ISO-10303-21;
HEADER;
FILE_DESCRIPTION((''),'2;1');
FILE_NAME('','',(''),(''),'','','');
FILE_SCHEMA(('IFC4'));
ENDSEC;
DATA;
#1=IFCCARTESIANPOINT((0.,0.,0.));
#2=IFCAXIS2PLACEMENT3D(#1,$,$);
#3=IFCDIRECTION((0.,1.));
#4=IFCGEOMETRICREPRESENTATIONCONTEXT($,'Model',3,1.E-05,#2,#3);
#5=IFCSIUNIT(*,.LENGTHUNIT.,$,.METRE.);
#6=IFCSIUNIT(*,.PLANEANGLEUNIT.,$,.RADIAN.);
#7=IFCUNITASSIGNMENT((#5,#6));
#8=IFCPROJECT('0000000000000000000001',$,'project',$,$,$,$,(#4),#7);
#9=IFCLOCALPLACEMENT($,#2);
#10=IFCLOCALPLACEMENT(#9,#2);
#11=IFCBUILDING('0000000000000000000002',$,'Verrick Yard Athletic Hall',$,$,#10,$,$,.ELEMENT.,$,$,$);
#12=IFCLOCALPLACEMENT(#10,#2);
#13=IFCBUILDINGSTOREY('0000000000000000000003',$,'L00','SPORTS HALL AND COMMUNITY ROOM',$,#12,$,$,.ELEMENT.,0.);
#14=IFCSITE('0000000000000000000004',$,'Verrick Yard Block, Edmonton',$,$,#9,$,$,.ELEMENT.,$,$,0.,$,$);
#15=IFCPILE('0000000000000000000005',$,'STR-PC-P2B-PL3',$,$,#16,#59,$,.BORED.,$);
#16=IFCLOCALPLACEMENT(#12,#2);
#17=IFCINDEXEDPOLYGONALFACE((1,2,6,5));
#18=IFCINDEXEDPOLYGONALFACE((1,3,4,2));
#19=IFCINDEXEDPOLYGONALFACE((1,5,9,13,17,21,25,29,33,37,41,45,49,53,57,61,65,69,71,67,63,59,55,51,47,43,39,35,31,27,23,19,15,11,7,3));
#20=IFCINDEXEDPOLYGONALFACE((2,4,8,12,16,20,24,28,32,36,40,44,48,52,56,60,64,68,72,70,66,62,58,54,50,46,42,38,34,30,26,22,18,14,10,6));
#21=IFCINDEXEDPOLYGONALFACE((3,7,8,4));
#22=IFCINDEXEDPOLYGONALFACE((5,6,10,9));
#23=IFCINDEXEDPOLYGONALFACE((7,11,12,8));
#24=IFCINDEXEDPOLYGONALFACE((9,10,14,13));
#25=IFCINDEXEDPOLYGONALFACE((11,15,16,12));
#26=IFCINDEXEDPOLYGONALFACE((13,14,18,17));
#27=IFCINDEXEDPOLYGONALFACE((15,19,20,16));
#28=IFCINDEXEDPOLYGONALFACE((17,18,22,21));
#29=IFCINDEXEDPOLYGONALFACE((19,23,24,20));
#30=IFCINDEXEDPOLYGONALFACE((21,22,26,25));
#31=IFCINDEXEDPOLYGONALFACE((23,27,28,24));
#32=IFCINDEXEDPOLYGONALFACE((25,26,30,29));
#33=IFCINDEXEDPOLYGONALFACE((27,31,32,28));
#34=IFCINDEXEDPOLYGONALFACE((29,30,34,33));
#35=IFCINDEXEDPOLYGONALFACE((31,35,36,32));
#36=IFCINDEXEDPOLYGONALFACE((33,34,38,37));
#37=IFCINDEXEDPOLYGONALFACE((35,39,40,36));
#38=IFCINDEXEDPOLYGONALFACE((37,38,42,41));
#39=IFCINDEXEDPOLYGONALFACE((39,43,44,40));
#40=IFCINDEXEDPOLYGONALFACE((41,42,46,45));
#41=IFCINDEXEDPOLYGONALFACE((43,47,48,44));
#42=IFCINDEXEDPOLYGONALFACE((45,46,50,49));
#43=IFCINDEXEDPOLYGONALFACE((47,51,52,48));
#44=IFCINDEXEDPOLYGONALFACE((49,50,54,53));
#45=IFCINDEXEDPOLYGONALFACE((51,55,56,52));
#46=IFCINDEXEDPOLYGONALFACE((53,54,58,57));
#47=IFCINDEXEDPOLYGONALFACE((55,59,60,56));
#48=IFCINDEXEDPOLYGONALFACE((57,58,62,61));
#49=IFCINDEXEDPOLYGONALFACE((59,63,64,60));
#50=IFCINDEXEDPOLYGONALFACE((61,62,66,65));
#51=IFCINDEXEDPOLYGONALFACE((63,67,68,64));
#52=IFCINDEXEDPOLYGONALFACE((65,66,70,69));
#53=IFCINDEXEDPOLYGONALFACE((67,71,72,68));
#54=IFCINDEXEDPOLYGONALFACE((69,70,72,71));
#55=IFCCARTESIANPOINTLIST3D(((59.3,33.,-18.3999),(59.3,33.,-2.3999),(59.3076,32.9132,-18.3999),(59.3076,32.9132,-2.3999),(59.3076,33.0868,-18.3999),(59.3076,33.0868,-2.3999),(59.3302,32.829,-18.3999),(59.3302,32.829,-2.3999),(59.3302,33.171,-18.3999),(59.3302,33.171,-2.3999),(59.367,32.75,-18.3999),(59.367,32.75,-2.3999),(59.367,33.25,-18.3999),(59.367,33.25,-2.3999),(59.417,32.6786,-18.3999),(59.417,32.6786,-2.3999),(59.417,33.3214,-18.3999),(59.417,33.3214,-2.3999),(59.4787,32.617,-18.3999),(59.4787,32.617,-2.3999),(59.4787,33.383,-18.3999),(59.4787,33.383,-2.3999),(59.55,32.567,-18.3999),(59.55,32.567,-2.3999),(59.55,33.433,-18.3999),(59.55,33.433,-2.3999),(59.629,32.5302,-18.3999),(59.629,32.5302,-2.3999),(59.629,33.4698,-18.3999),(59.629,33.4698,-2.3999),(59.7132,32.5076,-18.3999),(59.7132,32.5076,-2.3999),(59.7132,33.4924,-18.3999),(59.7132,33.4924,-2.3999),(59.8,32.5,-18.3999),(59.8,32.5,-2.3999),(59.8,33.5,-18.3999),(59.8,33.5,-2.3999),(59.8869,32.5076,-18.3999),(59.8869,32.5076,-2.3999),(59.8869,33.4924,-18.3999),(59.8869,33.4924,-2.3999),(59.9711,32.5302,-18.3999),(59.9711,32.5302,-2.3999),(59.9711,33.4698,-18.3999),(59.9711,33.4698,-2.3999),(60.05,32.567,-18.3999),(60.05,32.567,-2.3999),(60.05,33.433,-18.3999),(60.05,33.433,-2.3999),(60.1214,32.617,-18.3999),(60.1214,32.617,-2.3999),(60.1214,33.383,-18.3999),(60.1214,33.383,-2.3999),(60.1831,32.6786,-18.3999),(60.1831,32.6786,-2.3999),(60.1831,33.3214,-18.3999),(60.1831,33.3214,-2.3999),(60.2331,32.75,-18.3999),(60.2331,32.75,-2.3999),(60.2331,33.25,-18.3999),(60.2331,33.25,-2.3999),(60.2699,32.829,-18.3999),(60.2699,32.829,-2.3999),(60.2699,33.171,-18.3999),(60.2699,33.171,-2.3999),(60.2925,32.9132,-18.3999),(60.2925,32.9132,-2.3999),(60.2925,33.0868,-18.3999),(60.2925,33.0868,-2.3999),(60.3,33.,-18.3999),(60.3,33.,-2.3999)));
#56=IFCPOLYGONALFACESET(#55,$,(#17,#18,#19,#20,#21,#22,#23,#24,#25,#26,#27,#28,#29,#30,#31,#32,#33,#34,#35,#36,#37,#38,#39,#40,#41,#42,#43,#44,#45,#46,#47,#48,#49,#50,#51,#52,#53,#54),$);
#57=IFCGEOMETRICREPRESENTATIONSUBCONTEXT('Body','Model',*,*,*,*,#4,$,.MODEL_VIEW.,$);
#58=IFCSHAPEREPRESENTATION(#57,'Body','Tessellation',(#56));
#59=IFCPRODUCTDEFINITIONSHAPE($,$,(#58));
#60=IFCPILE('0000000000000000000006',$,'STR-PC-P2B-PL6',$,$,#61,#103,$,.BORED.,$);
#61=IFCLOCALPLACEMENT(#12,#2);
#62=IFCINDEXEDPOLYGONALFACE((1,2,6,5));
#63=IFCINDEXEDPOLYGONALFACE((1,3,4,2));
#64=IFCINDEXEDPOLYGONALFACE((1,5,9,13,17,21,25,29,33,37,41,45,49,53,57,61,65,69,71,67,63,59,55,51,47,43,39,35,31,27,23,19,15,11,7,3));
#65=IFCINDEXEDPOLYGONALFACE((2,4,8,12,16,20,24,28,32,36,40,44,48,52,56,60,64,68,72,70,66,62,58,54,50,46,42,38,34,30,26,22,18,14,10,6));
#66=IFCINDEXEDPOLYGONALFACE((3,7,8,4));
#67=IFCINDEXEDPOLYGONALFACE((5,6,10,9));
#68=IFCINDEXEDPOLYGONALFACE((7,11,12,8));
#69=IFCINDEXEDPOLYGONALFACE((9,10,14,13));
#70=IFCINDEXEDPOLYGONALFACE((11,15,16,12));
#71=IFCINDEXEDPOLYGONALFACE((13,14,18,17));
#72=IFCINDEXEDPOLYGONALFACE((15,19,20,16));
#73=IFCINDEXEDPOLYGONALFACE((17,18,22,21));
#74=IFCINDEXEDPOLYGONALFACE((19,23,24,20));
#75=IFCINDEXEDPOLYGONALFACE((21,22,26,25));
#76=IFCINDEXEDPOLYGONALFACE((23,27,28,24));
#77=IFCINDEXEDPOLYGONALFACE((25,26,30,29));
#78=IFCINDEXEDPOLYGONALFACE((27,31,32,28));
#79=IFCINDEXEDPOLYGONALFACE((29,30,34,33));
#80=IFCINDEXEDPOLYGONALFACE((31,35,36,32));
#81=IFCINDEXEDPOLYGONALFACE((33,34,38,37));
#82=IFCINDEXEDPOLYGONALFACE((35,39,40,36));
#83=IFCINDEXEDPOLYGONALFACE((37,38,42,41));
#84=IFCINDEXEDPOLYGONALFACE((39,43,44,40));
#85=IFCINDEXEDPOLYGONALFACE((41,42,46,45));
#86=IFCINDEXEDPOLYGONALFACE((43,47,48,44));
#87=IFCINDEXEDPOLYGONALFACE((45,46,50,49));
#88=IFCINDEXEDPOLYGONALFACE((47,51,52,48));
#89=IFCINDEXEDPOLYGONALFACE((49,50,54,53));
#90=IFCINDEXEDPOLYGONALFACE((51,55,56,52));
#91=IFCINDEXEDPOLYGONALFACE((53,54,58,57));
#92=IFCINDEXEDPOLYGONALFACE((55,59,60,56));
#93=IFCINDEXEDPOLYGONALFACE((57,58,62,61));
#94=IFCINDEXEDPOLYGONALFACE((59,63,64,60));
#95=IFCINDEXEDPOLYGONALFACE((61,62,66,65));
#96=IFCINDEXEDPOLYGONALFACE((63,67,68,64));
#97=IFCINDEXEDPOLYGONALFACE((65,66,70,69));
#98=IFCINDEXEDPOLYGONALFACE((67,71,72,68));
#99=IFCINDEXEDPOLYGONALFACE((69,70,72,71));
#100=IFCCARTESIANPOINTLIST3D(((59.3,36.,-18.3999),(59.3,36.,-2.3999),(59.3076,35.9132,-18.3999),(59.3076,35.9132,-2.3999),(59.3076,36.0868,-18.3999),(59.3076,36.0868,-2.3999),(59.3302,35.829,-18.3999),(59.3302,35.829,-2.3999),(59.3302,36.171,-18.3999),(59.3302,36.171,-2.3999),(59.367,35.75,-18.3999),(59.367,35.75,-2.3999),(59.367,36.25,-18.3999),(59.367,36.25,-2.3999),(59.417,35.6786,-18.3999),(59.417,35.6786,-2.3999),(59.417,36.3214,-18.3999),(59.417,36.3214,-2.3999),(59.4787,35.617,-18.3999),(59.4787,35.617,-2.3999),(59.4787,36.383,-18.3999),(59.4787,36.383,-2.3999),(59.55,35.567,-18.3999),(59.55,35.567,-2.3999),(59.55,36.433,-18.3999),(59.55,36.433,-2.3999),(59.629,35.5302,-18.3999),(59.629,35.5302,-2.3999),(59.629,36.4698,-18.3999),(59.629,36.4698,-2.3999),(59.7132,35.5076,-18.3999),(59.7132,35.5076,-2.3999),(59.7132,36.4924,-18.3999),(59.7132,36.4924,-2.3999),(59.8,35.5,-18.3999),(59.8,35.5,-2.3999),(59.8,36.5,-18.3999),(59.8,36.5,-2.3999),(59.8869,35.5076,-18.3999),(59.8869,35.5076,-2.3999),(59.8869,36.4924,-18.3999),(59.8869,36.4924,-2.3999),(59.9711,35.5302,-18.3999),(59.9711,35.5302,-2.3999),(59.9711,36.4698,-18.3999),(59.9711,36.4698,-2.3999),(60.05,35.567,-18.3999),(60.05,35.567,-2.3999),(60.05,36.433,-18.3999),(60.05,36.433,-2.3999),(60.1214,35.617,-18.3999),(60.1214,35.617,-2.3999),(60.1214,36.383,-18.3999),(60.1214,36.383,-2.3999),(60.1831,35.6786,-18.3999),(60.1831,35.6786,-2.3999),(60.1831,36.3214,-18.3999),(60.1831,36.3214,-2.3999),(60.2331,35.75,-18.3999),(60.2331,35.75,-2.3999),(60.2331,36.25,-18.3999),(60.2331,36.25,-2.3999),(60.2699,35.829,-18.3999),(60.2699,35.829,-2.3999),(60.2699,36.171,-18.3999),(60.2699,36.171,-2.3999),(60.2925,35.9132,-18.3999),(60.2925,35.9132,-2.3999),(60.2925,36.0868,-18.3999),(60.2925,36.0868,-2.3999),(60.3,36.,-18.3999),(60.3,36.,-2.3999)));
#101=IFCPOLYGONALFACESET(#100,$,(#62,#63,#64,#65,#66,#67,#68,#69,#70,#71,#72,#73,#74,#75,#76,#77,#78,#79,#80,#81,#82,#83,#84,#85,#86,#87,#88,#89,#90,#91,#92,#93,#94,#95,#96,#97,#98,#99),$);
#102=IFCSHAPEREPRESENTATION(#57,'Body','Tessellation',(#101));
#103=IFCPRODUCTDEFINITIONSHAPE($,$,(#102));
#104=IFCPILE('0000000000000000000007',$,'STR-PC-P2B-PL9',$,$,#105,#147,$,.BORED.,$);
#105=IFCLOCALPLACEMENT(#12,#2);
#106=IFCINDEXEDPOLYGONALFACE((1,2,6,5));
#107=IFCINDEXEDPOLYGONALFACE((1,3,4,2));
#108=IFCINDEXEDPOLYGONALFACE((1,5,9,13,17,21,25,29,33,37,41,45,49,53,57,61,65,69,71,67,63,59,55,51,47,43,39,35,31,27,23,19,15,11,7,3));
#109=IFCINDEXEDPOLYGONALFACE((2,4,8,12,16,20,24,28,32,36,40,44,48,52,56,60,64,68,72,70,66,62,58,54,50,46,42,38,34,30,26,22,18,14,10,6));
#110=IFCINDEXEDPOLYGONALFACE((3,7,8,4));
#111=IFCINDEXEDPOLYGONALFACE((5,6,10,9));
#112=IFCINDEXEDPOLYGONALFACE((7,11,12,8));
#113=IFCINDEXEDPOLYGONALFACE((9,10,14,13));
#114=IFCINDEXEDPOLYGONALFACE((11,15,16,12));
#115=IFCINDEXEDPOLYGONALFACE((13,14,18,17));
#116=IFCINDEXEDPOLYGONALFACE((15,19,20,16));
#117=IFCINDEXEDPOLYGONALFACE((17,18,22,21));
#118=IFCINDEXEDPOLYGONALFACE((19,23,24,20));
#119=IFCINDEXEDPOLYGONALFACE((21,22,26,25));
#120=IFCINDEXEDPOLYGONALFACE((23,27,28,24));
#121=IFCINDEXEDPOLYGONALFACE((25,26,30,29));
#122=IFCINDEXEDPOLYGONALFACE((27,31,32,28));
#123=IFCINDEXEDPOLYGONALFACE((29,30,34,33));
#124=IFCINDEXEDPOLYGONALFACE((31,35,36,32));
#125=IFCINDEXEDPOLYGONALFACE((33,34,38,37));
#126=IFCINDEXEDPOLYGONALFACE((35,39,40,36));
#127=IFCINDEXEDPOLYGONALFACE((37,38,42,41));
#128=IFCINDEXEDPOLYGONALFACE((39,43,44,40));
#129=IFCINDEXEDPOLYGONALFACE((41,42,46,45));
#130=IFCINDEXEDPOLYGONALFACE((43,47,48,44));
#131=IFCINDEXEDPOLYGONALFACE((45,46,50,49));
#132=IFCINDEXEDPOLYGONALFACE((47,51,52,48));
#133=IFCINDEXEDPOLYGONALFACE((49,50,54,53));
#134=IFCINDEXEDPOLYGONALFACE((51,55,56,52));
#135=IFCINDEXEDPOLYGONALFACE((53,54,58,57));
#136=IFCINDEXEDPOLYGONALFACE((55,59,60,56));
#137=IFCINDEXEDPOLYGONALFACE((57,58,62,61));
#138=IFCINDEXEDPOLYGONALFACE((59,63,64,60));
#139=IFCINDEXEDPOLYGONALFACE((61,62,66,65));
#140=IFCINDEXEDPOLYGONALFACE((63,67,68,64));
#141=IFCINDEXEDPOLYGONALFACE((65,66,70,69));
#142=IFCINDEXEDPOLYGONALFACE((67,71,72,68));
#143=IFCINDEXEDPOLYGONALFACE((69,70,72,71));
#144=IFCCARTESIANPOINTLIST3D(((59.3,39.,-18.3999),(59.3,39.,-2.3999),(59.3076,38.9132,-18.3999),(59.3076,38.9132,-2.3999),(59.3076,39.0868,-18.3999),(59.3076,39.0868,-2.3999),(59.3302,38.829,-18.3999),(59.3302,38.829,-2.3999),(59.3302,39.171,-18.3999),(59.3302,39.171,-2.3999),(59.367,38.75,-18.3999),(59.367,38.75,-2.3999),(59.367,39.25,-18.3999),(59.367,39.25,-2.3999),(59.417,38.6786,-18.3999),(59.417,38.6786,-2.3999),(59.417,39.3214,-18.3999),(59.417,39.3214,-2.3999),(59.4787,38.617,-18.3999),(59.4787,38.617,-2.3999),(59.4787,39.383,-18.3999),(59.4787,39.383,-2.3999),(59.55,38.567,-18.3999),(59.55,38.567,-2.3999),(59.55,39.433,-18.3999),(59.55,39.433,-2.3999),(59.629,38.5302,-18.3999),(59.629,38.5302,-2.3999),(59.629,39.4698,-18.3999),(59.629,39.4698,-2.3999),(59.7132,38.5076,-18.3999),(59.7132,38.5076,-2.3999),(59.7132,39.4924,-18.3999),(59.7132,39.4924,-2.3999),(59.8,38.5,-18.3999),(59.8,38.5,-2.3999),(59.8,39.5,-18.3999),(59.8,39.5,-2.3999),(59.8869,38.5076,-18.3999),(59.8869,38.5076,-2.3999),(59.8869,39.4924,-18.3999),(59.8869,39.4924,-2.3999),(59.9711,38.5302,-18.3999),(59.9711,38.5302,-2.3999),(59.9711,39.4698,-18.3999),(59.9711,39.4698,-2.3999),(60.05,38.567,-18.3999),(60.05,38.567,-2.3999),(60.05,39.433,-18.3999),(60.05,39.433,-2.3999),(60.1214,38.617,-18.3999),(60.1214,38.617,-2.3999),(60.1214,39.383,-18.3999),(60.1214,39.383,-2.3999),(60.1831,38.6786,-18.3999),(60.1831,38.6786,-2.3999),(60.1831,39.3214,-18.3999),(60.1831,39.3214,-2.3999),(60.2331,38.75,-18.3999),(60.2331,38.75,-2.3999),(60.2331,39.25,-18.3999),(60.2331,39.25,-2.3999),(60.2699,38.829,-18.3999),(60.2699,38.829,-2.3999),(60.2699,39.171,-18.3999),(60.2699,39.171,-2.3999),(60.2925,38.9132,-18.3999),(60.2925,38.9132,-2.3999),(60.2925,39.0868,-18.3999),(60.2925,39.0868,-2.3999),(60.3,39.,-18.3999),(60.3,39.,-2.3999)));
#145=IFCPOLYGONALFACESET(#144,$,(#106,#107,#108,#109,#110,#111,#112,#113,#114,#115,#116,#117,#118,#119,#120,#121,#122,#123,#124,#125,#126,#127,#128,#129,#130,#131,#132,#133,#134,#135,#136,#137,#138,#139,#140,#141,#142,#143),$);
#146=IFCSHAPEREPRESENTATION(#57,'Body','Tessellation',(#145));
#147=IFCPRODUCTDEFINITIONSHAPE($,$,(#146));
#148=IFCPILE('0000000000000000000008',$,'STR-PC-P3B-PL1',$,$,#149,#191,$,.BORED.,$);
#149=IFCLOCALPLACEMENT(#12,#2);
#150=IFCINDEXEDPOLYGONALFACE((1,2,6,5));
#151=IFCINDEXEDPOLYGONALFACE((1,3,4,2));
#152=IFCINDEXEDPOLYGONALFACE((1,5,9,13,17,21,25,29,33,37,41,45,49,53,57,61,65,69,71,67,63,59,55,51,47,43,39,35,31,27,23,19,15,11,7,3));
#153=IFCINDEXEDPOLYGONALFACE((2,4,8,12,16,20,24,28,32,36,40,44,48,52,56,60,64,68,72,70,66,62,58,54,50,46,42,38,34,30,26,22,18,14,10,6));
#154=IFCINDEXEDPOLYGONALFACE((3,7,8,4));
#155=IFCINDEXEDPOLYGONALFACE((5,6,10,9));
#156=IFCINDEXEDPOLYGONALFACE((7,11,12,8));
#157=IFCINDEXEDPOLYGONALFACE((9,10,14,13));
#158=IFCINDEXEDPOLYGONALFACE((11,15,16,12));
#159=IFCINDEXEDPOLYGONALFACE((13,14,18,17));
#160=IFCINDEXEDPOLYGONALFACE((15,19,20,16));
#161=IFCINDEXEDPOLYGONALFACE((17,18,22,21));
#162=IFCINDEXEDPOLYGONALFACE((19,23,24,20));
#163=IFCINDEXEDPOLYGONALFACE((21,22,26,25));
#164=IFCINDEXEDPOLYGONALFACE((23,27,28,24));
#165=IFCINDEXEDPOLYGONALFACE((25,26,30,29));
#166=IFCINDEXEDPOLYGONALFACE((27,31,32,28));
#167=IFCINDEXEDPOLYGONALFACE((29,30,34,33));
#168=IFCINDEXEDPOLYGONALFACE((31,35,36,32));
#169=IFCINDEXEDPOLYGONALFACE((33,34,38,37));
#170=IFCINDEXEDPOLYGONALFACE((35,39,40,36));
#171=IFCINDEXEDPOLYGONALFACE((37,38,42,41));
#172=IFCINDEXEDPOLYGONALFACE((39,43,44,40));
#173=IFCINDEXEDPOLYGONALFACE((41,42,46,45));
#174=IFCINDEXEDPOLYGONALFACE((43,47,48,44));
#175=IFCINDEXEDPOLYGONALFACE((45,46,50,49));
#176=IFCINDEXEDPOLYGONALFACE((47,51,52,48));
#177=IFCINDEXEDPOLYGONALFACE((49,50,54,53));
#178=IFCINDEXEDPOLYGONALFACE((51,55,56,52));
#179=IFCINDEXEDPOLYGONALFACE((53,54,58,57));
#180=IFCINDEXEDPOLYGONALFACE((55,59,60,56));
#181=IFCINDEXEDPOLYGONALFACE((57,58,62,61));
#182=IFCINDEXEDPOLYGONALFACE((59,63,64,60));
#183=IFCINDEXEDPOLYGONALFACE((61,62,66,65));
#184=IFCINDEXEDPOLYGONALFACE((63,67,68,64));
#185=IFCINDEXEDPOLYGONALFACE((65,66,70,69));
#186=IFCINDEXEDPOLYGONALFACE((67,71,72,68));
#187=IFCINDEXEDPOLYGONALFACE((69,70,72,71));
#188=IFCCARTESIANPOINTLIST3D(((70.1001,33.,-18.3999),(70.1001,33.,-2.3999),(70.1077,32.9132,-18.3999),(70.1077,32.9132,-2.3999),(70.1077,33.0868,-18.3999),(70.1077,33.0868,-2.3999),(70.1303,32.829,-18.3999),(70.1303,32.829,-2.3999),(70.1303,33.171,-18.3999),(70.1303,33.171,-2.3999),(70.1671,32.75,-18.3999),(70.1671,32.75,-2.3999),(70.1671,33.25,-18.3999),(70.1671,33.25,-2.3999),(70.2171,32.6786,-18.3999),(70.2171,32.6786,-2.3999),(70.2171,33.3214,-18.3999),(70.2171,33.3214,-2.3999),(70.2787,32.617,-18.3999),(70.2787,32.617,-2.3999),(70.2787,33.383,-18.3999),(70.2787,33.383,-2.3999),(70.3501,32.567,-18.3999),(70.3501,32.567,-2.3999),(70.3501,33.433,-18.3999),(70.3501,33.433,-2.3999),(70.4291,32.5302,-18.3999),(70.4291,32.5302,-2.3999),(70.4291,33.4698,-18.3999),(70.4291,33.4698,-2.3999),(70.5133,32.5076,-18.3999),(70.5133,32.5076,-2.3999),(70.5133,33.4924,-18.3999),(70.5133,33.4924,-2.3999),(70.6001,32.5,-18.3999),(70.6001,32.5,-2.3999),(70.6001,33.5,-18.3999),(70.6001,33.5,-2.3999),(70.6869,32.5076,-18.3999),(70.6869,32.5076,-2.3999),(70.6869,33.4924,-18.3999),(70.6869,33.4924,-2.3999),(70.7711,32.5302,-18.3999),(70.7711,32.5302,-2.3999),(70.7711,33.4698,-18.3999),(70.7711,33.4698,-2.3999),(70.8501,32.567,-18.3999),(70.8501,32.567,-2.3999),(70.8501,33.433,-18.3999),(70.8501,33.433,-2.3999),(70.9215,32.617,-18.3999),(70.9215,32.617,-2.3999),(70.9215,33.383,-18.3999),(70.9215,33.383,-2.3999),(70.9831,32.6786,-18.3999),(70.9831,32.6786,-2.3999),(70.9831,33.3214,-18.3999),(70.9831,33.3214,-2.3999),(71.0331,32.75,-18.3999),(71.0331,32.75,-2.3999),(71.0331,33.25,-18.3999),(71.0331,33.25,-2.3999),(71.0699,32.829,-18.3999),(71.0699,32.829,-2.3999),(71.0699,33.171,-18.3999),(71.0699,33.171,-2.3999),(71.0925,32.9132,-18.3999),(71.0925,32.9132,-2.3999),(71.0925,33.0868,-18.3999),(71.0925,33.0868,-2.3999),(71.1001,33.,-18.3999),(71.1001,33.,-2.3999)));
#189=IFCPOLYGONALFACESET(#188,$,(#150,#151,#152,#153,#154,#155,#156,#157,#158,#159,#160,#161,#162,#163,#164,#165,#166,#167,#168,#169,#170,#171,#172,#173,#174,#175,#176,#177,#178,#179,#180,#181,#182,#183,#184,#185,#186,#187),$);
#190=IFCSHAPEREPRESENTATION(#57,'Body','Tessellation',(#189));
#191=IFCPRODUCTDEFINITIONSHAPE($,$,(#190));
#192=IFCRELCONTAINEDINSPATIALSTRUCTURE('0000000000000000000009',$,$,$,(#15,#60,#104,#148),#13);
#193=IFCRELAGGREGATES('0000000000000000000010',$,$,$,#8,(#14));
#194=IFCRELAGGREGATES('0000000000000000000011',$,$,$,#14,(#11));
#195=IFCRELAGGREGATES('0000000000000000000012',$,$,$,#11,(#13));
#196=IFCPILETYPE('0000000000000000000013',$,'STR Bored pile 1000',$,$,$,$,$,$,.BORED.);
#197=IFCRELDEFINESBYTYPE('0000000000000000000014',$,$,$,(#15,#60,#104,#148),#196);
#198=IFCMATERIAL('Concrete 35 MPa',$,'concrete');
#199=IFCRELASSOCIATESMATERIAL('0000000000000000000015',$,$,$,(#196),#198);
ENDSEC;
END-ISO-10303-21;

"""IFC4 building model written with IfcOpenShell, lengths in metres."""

from ifc_helpers import new_model, si_unit, direction, frame, origin, origin_2d, place, context, subcontext, project, spatial, circle, extrude, material, type_object, element, save


model = new_model("IFC4")

# Units and contexts
model_context = context("Model", 3, precision=1e-05, world=origin(), true_north=direction((0.0, 1.0)))
body_context = subcontext(model_context, "Body", "Model", "MODEL_VIEW")
ifc_project = project(units=[si_unit("LENGTHUNIT", "METRE"), si_unit("PLANEANGLEUNIT", "RADIAN")], contexts=[model_context])

# Site, building, storey
site_placement = place(None, origin())
site = spatial("IfcSite", under=ifc_project, at=site_placement, Name="Verrick Yard Block, Edmonton", CompositionType="ELEMENT", RefElevation=0.0)
building_placement = place(site_placement, origin())
building = spatial("IfcBuilding", under=site, at=building_placement, Name="Verrick Yard Athletic Hall", CompositionType="ELEMENT")
storey_placement = place(building_placement, origin())
storey = spatial("IfcBuildingStorey", under=building, at=storey_placement, Name="L00", Description="SPORTS HALL AND COMMUNITY ROOM", CompositionType="ELEMENT", Elevation=0.0)

# Piles
ifc_material_1 = material(Name="Concrete 35 MPa", Category="concrete")
pile_type = type_object("IfcPileType", Name="STR Bored pile 1000", PredefinedType="BORED", material=ifc_material_1)
for number, where, z_axis, x_axis, name in (
    (1, (59.8, 33.0, -2.3999), (0.0, 0.0, -1.0), (1.0, 0.0, 0.0), "STR-PC-P2B-PL3"),
    (2, (59.8, 36.0, -2.3999), (0.0, 0.0, -1.0), (1.0, 0.0, 0.0), "STR-PC-P2B-PL6"),
    (3, (59.8, 39.0, -2.3999), (0.0, 0.0, -1.0), (1.0, 0.0, 0.0), "STR-PC-P2B-PL9"),
    (4, (70.6001, 33.0, -2.3999), (0.0, 0.0, -1.0), (1.0, 0.0, 0.0), "STR-PC-P3B-PL1"),
):
    element("IfcPile", number, at=place(storey_placement, frame(where, z_axis=z_axis, x_axis=x_axis)), inside=storey, type_object=pile_type, Name=name, PredefinedType="BORED", context=body_context, shape_type="SweptSolid", body=[
        extrude(circle(Radius=0.5, at=origin_2d()), origin(), (0.0, 0.0, 1.0), 16.0),
    ])

save(model, "model.ifc")
